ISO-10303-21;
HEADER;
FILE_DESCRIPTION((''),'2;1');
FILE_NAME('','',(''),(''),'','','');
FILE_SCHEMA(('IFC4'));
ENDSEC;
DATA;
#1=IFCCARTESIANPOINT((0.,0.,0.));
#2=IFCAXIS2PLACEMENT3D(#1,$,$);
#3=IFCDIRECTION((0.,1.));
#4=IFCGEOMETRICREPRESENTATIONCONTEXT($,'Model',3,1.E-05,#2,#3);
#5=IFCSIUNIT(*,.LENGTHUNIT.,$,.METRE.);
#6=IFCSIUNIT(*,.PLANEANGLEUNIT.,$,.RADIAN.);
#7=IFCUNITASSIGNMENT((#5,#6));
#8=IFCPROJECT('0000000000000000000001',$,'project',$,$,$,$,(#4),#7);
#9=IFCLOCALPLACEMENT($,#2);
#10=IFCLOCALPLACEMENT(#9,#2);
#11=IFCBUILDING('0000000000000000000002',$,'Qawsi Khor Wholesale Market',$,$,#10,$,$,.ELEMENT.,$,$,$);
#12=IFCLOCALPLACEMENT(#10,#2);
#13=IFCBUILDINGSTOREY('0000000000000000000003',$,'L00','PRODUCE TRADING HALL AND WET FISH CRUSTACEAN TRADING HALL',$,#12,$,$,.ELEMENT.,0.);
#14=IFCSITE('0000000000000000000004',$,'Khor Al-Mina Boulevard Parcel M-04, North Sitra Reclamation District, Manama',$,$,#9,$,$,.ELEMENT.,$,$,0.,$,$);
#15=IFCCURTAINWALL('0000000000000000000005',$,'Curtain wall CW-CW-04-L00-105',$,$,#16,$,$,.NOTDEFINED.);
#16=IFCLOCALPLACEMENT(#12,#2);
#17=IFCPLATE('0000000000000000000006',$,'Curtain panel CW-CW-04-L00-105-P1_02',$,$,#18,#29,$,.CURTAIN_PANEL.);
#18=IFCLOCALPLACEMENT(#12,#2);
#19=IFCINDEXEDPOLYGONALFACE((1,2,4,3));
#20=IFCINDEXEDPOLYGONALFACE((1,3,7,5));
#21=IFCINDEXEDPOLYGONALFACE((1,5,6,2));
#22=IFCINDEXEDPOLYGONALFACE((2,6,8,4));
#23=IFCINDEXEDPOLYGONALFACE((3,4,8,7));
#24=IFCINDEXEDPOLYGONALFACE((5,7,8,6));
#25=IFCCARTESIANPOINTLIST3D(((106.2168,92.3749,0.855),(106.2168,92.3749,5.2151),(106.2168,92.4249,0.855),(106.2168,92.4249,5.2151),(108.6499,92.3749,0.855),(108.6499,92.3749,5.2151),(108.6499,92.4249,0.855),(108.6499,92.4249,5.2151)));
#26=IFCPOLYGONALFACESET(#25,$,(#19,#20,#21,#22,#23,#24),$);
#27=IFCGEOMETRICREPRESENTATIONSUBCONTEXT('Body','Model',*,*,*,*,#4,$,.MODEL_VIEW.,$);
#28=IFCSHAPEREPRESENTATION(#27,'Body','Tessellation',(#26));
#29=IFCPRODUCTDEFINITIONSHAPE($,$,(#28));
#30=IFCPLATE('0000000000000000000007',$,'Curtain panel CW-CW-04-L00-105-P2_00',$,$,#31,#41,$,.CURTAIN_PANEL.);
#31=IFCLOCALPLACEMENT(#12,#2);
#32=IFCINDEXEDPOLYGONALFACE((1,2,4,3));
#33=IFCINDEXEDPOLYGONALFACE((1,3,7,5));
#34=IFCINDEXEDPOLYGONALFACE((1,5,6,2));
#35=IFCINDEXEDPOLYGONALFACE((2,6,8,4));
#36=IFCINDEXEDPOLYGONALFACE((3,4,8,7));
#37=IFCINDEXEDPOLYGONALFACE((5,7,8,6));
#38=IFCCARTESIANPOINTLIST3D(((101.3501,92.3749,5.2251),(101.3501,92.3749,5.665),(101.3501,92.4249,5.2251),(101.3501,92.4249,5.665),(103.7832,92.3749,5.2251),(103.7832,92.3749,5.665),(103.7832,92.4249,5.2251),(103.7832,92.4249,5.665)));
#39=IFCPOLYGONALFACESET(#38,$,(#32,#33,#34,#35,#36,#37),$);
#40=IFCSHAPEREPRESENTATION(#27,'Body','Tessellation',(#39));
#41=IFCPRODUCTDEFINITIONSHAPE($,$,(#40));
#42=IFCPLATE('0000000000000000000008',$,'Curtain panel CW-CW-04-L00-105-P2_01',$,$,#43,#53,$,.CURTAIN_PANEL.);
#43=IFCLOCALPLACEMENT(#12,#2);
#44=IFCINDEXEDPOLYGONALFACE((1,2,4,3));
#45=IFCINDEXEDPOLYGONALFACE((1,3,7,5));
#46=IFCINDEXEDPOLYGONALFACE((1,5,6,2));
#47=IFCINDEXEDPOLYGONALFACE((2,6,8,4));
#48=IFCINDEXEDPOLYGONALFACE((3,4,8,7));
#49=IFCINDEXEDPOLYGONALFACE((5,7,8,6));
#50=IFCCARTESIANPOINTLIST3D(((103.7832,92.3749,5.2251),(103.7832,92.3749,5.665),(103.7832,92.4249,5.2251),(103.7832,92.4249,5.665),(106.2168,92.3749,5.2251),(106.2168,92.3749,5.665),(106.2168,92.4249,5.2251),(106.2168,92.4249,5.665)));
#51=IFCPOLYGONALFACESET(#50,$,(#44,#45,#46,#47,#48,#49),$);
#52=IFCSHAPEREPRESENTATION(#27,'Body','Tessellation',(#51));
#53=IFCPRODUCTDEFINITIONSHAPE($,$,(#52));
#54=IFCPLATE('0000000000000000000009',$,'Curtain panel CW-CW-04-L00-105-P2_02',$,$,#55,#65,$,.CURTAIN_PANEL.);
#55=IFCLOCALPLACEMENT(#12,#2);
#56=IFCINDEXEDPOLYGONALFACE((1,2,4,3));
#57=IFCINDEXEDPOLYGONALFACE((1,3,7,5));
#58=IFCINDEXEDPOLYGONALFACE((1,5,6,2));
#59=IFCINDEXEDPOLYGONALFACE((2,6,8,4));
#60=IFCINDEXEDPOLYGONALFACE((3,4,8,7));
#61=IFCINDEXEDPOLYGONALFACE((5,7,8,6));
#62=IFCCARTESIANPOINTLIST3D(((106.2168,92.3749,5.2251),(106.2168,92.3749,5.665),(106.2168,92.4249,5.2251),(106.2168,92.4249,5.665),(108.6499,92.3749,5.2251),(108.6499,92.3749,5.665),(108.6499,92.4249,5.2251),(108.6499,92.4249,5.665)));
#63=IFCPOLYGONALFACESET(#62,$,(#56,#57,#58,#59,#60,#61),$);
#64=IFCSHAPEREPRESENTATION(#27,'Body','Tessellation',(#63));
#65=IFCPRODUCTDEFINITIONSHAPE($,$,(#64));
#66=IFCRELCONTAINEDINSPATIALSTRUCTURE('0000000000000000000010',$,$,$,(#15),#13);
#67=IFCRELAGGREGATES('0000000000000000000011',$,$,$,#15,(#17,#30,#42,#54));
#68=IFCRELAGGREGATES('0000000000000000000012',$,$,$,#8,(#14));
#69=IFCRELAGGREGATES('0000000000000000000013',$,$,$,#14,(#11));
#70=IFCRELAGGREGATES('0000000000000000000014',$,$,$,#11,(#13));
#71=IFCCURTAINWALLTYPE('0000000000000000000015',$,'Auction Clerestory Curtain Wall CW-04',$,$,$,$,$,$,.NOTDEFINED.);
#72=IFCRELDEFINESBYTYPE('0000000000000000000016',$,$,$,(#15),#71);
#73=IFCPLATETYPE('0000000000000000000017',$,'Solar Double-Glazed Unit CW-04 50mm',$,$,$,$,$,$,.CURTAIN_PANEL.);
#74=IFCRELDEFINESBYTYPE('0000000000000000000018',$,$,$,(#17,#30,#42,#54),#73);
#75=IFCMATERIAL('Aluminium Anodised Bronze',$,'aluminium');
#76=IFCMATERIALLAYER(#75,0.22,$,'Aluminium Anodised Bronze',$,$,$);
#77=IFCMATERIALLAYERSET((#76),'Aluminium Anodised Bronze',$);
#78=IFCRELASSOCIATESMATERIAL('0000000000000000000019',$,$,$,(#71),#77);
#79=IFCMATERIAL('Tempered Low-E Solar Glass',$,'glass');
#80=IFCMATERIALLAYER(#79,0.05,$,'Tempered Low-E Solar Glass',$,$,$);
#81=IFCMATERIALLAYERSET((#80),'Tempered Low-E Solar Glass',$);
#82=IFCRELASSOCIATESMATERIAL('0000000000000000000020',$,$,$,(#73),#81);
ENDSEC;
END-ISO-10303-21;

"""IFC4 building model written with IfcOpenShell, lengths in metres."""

from ifc_helpers import new_model, si_unit, direction, frame, frame_2d, origin, place, context, subcontext, project, spatial, rectangle, extrude, material, layer, layer_set, type_object, element, aggregate, save


model = new_model("IFC4")

# Units and contexts
model_context = context("Model", 3, precision=1e-05, world=origin(), true_north=direction((0.0, 1.0)))
body_context = subcontext(model_context, "Body", "Model", "MODEL_VIEW")
ifc_project = project(units=[si_unit("LENGTHUNIT", "METRE"), si_unit("PLANEANGLEUNIT", "RADIAN")], contexts=[model_context])

# Site, building, storey
site_placement = place(None, origin())
site = spatial("IfcSite", under=ifc_project, at=site_placement, Name="Khor Al-Mina Boulevard Parcel M-04, North Sitra Reclamation District, Manama", CompositionType="ELEMENT", RefElevation=0.0)
building_placement = place(site_placement, origin())
building = spatial("IfcBuilding", under=site, at=building_placement, Name="Qawsi Khor Wholesale Market", CompositionType="ELEMENT")
storey_placement = place(building_placement, origin())
storey = spatial("IfcBuildingStorey", under=building, at=storey_placement, Name="L00", Description="PRODUCE TRADING HALL AND WET FISH CRUSTACEAN TRADING HALL", CompositionType="ELEMENT", Elevation=0.0)

# Shared definitions
ifc_material_1 = material(Name="Aluminium Anodised Bronze", Category="aluminium")
ifc_layer_1 = layer(ifc_material_1, 0.22, Name="Aluminium Anodised Bronze")
ifc_layer_set_1 = layer_set([ifc_layer_1], Name="Aluminium Anodised Bronze")
curtain_wall_type = type_object("IfcCurtainWallType", Name="Auction Clerestory Curtain Wall CW-04", PredefinedType="NOTDEFINED", material=ifc_layer_set_1)

# Curtain wall, plates
curtain_wall_1_placement = place(storey_placement, origin())
curtain_wall_1 = element("IfcCurtainWall", 1, at=curtain_wall_1_placement, inside=storey, type_object=curtain_wall_type, Name="Curtain wall CW-CW-04-L00-105", PredefinedType="NOTDEFINED")
ifc_material_2 = material(Name="Tempered Low-E Solar Glass", Category="glass")
ifc_layer_2 = layer(ifc_material_2, 0.05, Name="Tempered Low-E Solar Glass")
ifc_layer_set_2 = layer_set([ifc_layer_2], Name="Tempered Low-E Solar Glass")
plate_type_1 = type_object("IfcPlateType", Name="Solar Double-Glazed Unit CW-04 50mm", PredefinedType="CURTAIN_PANEL", material=ifc_layer_set_2)
plate_1_placement = place(storey_placement, frame((106.2168, 92.3999, 0.855), z_axis=(0.0, 0.0, 1.0), x_axis=(1.0, 0.0, 0.0)))
plate_1 = element("IfcPlate", 2, at=plate_1_placement, type_object=plate_type_1, Name="Curtain panel CW-CW-04-L00-105-P1_02", PredefinedType="CURTAIN_PANEL", context=body_context, shape_type="SweptSolid", body=[
    extrude(rectangle(XDim=2.4331, YDim=0.05, at=frame_2d((1.2166, 0.0))), origin(), (0.0, 0.0, 1.0), 4.3601),
])
plate_2_placement = place(storey_placement, frame((101.3501, 92.3999, 5.2251), z_axis=(0.0, 0.0, 1.0), x_axis=(1.0, 0.0, 0.0)))
plate_2 = element("IfcPlate", 3, at=plate_2_placement, type_object=plate_type_1, Name="Curtain panel CW-CW-04-L00-105-P2_00", PredefinedType="CURTAIN_PANEL", context=body_context, shape_type="SweptSolid", body=[
    extrude(rectangle(XDim=2.4331, YDim=0.05, at=frame_2d((1.2166, 0.0))), origin(), (0.0, 0.0, 1.0), 0.4399),
])
plate_3_placement = place(storey_placement, frame((103.7832, 92.3999, 5.2251), z_axis=(0.0, 0.0, 1.0), x_axis=(1.0, 0.0, 0.0)))
plate_3 = element("IfcPlate", 4, at=plate_3_placement, type_object=plate_type_1, Name="Curtain panel CW-CW-04-L00-105-P2_01", PredefinedType="CURTAIN_PANEL", context=body_context, shape_type="SweptSolid", body=[
    extrude(rectangle(XDim=2.4336, YDim=0.05, at=frame_2d((1.2168, 0.0))), origin(), (0.0, 0.0, 1.0), 0.4399),
])
plate_4_placement = place(storey_placement, frame((106.2168, 92.3999, 5.2251), z_axis=(0.0, 0.0, 1.0), x_axis=(1.0, 0.0, 0.0)))
plate_4 = element("IfcPlate", 5, at=plate_4_placement, type_object=plate_type_1, Name="Curtain panel CW-CW-04-L00-105-P2_02", PredefinedType="CURTAIN_PANEL", context=body_context, shape_type="SweptSolid", body=[
    extrude(rectangle(XDim=2.4331, YDim=0.05, at=frame_2d((1.2166, 0.0))), origin(), (0.0, 0.0, 1.0), 0.4399),
])
aggregate(curtain_wall_1, [plate_1, plate_2, plate_3, plate_4])

save(model, "model.ifc")
